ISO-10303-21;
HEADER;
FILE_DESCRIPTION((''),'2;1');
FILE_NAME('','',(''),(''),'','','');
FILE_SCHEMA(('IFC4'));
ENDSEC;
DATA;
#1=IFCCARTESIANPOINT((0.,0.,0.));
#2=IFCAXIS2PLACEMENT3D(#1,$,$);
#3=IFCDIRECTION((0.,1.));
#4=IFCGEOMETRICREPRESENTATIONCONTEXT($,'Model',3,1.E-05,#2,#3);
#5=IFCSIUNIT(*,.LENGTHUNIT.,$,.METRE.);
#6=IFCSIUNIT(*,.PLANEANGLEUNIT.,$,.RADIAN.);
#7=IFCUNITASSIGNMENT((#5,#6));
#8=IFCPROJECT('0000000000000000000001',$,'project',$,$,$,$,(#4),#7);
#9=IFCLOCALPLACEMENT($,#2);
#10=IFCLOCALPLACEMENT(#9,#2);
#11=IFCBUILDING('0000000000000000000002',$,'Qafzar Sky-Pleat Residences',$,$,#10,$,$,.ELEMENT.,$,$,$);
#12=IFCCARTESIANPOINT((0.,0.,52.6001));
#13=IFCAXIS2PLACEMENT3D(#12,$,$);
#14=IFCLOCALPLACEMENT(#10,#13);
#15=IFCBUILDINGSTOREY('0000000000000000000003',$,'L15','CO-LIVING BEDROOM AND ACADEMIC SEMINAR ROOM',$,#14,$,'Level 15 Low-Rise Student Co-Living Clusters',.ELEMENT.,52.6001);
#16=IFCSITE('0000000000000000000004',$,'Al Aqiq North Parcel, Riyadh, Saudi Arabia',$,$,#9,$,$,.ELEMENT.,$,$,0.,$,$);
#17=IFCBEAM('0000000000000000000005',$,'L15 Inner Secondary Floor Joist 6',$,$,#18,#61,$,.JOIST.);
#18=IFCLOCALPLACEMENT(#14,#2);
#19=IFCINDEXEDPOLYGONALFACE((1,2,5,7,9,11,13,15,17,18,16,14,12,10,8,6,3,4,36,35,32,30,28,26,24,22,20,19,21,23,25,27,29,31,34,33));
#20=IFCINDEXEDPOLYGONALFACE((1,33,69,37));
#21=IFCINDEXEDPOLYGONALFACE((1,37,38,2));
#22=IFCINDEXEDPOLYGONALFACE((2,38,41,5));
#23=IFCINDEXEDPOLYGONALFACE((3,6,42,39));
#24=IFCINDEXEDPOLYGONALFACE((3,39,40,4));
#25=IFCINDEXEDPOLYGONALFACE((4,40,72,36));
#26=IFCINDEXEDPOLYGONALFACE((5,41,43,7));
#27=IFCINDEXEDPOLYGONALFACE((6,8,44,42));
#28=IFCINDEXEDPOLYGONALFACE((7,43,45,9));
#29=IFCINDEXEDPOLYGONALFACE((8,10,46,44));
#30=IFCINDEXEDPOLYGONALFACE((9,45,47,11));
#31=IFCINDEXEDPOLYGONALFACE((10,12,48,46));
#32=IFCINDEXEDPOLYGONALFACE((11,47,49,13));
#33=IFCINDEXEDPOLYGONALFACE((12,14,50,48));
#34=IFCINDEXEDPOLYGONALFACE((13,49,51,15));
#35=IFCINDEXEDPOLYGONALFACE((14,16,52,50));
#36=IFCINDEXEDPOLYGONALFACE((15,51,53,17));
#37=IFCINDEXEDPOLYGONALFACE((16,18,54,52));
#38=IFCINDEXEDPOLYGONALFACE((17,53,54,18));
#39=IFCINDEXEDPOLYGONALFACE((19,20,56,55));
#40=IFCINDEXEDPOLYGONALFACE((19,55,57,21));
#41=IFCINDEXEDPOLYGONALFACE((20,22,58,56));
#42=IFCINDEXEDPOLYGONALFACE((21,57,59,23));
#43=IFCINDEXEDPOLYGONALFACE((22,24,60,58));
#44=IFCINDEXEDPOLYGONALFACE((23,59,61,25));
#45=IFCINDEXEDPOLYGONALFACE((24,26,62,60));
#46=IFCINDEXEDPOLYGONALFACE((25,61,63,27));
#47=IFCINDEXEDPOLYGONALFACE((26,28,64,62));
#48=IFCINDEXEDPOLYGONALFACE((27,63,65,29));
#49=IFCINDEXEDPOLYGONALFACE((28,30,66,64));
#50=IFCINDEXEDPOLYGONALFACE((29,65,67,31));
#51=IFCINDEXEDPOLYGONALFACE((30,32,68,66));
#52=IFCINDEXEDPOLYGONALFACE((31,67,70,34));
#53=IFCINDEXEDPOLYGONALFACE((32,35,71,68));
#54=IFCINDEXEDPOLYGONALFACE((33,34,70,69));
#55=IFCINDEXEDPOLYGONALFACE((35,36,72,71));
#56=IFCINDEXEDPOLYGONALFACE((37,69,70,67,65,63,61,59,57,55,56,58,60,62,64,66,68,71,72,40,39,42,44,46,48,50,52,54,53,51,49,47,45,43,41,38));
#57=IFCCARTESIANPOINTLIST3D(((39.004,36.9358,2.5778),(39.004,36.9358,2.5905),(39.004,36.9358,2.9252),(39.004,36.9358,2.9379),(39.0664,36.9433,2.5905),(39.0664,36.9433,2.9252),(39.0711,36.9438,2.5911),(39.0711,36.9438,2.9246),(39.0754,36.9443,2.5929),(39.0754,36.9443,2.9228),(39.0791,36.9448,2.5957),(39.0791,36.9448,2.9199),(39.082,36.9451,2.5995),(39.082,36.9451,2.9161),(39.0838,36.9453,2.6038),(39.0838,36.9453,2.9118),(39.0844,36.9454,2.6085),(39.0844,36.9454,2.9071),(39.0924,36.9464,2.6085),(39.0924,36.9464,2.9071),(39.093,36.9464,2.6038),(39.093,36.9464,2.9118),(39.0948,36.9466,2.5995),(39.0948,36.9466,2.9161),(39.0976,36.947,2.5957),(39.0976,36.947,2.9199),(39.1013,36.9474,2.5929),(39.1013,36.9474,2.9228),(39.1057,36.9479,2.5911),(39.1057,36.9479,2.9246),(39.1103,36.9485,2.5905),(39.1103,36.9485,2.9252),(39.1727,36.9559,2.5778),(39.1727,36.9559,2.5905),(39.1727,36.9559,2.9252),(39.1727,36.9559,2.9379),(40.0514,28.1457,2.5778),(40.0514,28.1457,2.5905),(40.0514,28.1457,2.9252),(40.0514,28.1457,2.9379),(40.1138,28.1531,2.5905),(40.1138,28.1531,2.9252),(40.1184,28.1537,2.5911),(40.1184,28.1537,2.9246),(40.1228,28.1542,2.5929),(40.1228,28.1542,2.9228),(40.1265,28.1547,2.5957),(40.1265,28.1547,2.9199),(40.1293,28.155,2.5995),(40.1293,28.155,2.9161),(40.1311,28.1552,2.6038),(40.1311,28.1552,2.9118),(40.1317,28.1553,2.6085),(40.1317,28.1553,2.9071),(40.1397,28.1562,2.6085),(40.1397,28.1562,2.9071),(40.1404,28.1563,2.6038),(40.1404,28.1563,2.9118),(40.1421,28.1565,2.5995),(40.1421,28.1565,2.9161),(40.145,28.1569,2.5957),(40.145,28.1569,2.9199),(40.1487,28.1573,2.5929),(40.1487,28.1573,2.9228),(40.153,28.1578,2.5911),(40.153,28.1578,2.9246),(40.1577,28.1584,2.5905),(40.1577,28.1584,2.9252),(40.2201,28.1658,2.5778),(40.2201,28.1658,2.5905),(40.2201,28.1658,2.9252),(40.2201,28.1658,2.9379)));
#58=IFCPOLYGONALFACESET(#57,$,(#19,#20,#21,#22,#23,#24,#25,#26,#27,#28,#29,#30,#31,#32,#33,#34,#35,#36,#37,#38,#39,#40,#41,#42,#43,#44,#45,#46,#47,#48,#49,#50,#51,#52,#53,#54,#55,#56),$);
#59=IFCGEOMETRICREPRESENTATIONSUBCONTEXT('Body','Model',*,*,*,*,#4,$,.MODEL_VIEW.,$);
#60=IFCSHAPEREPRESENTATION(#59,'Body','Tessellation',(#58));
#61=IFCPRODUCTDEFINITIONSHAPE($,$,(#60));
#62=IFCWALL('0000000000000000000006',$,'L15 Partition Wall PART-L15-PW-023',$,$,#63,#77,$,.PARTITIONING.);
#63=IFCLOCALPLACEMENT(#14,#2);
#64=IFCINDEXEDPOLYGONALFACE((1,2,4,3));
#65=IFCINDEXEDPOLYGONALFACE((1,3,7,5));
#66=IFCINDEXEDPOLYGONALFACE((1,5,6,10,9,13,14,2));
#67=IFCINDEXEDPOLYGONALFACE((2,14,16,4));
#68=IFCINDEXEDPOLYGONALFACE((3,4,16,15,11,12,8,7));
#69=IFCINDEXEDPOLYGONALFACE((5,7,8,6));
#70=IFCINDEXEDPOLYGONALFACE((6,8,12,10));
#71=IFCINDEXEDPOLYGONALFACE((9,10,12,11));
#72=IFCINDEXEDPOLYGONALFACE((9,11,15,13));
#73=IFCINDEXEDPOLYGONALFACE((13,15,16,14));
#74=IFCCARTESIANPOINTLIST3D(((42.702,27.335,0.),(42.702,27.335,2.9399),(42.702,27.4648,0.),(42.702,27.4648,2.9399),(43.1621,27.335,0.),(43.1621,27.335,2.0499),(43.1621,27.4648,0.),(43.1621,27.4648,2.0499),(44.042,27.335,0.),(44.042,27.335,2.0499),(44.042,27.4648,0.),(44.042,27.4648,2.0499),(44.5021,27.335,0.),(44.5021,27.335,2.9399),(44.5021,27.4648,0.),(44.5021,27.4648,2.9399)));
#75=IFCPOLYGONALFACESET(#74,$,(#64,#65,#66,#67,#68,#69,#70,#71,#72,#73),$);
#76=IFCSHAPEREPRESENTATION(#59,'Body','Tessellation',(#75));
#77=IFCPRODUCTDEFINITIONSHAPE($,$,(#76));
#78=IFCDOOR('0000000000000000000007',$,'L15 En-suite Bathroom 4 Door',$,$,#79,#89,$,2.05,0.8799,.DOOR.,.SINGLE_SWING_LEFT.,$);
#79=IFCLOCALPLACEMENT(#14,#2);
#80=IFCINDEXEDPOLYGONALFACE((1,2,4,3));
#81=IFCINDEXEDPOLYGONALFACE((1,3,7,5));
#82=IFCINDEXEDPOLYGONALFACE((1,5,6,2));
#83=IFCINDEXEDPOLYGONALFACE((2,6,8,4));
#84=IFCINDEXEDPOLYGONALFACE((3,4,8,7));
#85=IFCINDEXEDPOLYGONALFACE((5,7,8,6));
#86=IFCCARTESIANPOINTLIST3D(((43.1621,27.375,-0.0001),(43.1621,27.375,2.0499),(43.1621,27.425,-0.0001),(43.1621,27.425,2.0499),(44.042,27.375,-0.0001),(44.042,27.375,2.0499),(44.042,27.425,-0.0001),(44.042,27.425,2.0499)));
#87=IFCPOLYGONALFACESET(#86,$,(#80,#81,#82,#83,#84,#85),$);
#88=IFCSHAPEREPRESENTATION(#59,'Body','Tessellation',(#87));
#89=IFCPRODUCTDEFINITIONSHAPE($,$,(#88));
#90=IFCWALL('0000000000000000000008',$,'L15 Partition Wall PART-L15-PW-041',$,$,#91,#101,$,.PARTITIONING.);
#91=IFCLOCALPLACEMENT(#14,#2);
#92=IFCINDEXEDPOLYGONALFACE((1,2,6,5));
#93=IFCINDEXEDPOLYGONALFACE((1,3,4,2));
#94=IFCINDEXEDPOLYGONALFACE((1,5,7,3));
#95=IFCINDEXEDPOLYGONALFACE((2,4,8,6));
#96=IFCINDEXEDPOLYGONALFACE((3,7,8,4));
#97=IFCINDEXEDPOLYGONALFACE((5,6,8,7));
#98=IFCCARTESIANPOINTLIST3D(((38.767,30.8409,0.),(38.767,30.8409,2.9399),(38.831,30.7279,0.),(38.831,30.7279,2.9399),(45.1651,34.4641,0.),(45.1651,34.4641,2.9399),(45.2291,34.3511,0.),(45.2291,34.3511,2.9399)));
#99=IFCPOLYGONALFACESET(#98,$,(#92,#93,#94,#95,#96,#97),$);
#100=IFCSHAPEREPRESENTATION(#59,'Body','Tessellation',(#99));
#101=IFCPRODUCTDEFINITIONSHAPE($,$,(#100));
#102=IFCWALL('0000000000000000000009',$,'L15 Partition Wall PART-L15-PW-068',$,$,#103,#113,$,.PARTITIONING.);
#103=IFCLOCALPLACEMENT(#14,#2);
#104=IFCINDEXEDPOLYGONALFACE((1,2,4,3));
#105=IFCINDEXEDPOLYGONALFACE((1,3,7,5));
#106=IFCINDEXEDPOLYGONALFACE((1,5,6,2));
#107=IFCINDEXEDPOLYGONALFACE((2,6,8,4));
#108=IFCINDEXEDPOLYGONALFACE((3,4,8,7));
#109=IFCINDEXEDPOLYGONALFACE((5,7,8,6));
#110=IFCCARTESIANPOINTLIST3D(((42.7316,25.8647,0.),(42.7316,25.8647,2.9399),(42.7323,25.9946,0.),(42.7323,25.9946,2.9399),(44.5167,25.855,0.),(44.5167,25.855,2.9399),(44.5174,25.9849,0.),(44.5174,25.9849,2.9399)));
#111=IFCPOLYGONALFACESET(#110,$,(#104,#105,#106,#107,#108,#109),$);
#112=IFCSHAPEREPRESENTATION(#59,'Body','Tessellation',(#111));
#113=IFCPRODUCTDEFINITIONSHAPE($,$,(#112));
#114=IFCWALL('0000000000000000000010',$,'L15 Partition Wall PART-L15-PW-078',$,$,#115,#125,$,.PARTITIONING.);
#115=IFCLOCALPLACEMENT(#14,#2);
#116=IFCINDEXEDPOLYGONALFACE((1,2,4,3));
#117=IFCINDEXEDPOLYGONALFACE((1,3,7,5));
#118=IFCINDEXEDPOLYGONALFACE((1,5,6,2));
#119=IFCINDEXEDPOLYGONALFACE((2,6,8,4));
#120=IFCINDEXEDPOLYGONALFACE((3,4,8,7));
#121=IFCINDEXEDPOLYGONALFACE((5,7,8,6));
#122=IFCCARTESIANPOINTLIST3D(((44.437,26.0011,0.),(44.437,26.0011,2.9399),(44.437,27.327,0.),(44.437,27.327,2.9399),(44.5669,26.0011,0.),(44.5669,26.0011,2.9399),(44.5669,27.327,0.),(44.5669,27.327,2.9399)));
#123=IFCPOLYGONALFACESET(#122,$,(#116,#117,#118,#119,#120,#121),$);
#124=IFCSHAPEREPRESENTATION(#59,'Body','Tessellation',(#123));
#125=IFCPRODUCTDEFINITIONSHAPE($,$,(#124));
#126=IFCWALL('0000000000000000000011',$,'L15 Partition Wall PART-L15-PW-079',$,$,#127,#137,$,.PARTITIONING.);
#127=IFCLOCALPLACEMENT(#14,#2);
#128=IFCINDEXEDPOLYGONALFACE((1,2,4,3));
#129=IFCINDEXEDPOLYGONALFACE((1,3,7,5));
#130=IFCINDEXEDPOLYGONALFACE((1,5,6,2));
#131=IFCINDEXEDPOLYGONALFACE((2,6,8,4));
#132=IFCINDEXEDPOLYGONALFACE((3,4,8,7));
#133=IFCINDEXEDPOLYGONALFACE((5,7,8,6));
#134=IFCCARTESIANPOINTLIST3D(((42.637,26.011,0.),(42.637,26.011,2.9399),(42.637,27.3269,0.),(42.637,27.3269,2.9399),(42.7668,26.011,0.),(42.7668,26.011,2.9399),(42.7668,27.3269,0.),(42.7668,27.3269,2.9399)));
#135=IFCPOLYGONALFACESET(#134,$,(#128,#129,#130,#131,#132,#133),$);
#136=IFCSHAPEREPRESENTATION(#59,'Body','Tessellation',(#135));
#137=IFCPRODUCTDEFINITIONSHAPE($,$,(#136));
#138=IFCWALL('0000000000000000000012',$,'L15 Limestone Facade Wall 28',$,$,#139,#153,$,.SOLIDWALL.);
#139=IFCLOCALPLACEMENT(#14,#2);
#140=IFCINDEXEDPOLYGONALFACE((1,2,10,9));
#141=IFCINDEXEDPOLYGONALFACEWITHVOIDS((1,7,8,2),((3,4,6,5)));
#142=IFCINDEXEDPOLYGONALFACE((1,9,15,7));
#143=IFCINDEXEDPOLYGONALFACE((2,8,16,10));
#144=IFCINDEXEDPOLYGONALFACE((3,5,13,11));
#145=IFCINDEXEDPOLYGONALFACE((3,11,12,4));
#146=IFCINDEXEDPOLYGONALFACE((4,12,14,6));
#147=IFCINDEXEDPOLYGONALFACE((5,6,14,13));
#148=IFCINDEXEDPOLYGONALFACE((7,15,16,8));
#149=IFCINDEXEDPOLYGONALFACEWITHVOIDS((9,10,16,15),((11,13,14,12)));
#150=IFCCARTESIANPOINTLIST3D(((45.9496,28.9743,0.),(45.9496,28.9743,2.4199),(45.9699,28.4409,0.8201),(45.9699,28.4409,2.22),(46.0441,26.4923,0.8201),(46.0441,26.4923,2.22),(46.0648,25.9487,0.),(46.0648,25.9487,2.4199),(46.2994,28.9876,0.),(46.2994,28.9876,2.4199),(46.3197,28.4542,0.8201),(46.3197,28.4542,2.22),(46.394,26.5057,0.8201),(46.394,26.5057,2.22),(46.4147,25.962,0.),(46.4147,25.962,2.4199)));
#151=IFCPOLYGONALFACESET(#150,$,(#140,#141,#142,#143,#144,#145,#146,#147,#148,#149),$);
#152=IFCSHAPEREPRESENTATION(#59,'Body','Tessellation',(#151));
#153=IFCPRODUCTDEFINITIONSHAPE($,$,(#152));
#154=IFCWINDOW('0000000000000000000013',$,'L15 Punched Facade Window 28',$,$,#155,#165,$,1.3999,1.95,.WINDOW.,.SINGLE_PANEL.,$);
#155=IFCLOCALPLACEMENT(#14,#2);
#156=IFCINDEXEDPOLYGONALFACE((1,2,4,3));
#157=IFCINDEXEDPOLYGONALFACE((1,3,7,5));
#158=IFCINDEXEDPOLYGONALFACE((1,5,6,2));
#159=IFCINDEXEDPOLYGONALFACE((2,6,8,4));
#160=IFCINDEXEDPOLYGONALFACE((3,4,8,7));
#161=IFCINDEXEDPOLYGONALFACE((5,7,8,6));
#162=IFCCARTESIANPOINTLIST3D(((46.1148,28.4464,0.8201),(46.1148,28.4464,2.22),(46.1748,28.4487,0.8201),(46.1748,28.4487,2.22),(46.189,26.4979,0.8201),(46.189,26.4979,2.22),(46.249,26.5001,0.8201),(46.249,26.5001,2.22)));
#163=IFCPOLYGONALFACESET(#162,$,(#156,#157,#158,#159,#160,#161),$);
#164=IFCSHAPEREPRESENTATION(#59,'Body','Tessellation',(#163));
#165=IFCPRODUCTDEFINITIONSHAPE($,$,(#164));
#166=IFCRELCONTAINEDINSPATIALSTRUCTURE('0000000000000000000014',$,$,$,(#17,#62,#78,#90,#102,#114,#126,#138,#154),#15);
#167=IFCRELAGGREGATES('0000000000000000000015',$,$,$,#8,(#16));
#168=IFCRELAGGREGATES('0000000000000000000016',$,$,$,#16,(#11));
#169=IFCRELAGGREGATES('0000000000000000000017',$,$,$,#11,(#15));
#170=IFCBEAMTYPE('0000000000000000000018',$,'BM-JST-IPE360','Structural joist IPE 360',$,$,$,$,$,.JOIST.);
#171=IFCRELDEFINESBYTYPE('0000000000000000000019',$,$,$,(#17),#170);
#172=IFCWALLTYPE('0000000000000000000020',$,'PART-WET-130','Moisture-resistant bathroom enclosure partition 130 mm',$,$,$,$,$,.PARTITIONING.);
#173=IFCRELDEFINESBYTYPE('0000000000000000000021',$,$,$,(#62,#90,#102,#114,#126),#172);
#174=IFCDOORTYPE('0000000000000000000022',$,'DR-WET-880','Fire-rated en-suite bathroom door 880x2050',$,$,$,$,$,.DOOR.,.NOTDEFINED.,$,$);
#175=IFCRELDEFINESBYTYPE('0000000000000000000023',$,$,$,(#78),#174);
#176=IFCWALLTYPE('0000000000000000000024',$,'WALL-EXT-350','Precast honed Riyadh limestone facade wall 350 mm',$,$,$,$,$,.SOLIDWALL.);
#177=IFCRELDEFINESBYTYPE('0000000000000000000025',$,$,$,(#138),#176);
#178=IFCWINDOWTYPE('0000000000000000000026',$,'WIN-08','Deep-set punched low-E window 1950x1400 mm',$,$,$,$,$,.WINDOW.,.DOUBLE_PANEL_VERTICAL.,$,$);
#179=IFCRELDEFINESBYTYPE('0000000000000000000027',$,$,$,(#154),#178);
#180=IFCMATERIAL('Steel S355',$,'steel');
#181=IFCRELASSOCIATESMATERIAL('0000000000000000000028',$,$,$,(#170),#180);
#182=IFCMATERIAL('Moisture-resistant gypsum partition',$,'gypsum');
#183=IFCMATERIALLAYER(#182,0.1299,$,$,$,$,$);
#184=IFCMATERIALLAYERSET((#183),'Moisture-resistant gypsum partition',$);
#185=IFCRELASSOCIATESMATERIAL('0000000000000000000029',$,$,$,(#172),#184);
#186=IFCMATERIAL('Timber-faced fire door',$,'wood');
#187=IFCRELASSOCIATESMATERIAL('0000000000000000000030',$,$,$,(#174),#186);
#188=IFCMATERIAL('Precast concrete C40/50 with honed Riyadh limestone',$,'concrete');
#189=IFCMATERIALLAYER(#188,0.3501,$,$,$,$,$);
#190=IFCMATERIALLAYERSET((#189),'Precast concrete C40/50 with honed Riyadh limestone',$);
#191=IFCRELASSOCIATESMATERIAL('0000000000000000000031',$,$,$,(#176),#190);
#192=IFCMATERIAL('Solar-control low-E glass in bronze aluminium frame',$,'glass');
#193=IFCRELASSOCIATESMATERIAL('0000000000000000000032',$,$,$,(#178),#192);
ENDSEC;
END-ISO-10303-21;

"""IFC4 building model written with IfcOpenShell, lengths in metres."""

from ifc_helpers import new_model, si_unit, direction, frame, frame_2d, origin, origin_2d, place, context, subcontext, project, spatial, rectangle, i_section, extrude, source, transform, mapped, material, layer, layer_set, material_profile, profile_set, type_object, element, fill, save


model = new_model("IFC4")

# Units and contexts
model_context = context("Model", 3, precision=1e-05, world=origin(), true_north=direction((0.0, 1.0)))
body_context = subcontext(model_context, "Body", "Model", "MODEL_VIEW")
ifc_project = project(units=[si_unit("LENGTHUNIT", "METRE"), si_unit("PLANEANGLEUNIT", "RADIAN")], contexts=[model_context])

# Site, building, storey
site_placement = place(None, origin())
site = spatial("IfcSite", under=ifc_project, at=site_placement, Name="Al Aqiq North Parcel, Riyadh, Saudi Arabia", CompositionType="ELEMENT", RefElevation=0.0)
building_placement = place(site_placement, origin())
building = spatial("IfcBuilding", under=site, at=building_placement, Name="Qafzar Sky-Pleat Residences", CompositionType="ELEMENT")
storey_placement = place(building_placement, frame((0.0, 0.0, 52.6001)))
storey = spatial("IfcBuildingStorey", under=building, at=storey_placement, Name="L15", Description="CO-LIVING BEDROOM AND ACADEMIC SEMINAR ROOM", LongName="Level 15 Low-Rise Student Co-Living Clusters", CompositionType="ELEMENT", Elevation=52.6001)

# Beam
ifc_material_1 = material(Name="Steel S355", Category="steel")
ifc_material_profile_1 = material_profile(ifc_material_1, i_section(OverallWidth=0.1699, OverallDepth=0.3601, WebThickness=0.0081, FlangeThickness=0.0127, FilletRadius=0.0181, at=origin_2d()), Name="IPE 360")
ifc_profile_set_1 = profile_set([ifc_material_profile_1], Name="Steel S355")
beam_type_1 = type_object("IfcBeamType", Name="BM-JST-IPE360", Description="Structural joist IPE 360", PredefinedType="JOIST", material=ifc_profile_set_1)
shared_shape_1 = source(origin(), body_context, "Body", "SweptSolid", [
    extrude(i_section(OverallWidth=0.1699, OverallDepth=0.3601, WebThickness=0.0081, FlangeThickness=0.0127, FilletRadius=0.0181, at=origin_2d()), origin(), (0.0, 0.0, 1.0), 8.8523),
])
beam_1_placement = place(storey_placement, frame((40.1357, 28.1558, 2.7578), z_axis=(-0.118316, 0.992976, 0.0), x_axis=(-0.992976, -0.118316, 0.0)))
element("IfcBeam", 1, at=beam_1_placement, inside=storey, type_object=beam_type_1, Name="L15 Inner Secondary Floor Joist 6", PredefinedType="JOIST", context=body_context, shape_type="MappedRepresentation", body=[
    mapped(shared_shape_1, transform((0.0, 0.0, 0.0), x_axis=(1.0, 0.0, 0.0), y_axis=(0.0, 1.0, 0.0), z_axis=(0.0, 0.0, 1.0), scale=1.0)),
])

# Wall, opening, door
ifc_material_2 = material(Name="Moisture-resistant gypsum partition", Category="gypsum")
ifc_layer_1 = layer(ifc_material_2, 0.1299)
ifc_layer_set_1 = layer_set([ifc_layer_1], Name="Moisture-resistant gypsum partition")
wall_type_1 = type_object("IfcWallType", Name="PART-WET-130", Description="Moisture-resistant bathroom enclosure partition 130 mm", PredefinedType="PARTITIONING", material=ifc_layer_set_1)
wall_1_placement = place(storey_placement, frame((44.502, 27.3999, 0.0), z_axis=(0.0, 0.0, 1.0), x_axis=(-1.0, 0.0, 0.0)))
wall_1 = element("IfcWall", 2, at=wall_1_placement, inside=storey, type_object=wall_type_1, Name="L15 Partition Wall PART-L15-PW-023", PredefinedType="PARTITIONING", context=body_context, shape_type="SweptSolid", body=[
    extrude(rectangle(XDim=1.8, YDim=0.1299, at=frame_2d((0.8999, 0.0))), origin(), (0.0, 0.0, 1.0), 2.9399),
])
opening_1_placement = place(wall_1_placement, frame((0.46, 0.0, 0.0)))
opening_1 = element("IfcOpeningElement", 3, at=opening_1_placement, cuts=wall_1, PredefinedType="OPENING", context=body_context, shape_type="SweptSolid", body=[
    extrude(rectangle(XDim=0.8799, YDim=2.05, at=frame_2d((0.4399, 1.0249))), frame((0.0, 0.075, 0.0), z_axis=(0.0, -1.0, 0.0), x_axis=(1.0, 0.0, 0.0)), (0.0, 0.0, 1.0), 0.1499),
])
ifc_material_3 = material(Name="Timber-faced fire door", Category="wood")
door_type = type_object("IfcDoorType", Name="DR-WET-880", Description="Fire-rated en-suite bathroom door 880x2050", OperationType="NOTDEFINED", PredefinedType="DOOR", material=ifc_material_3)
shared_shape_2 = source(origin(), body_context, "Body", "SweptSolid", [
    extrude(rectangle(XDim=0.8799, YDim=2.05, at=frame_2d((0.4399, 1.0249))), frame((0.0, 0.0249, 0.0), z_axis=(0.0, -1.0, 0.0), x_axis=(1.0, 0.0, 0.0)), (0.0, 0.0, 1.0), 0.05),
])
door_placement = place(opening_1_placement, origin())
door = element("IfcDoor", 4, at=door_placement, inside=storey, type_object=door_type, Name="L15 En-suite Bathroom 4 Door", OperationType="SINGLE_SWING_LEFT", OverallHeight=2.05, OverallWidth=0.8799, PredefinedType="DOOR", context=body_context, shape_type="MappedRepresentation", body=[
    mapped(shared_shape_2, transform((0.0, 0.0, 0.0), x_axis=(1.0, 0.0, 0.0), y_axis=(0.0, 1.0, 0.0), z_axis=(0.0, 0.0, 1.0), scale=1.0)),
])
fill(opening_1, door)

# Walls
wall_2_placement = place(storey_placement, frame((38.7991, 30.7844, 0.0), z_axis=(0.0, 0.0, 1.0), x_axis=(0.870159, 0.49277, 0.0)))
element("IfcWall", 5, at=wall_2_placement, inside=storey, type_object=wall_type_1, Name="L15 Partition Wall PART-L15-PW-041", PredefinedType="PARTITIONING", context=body_context, shape_type="SweptSolid", body=[
    extrude(rectangle(XDim=7.3528, YDim=0.1299, at=frame_2d((3.6763, 0.0))), origin(), (0.0, 0.0, 1.0), 2.9399),
])
wall_3_placement = place(storey_placement, frame((42.7319, 25.9297, 0.0), z_axis=(0.0, 0.0, 1.0), x_axis=(0.999985, -0.00547, 0.0)))
element("IfcWall", 6, at=wall_3_placement, inside=storey, type_object=wall_type_1, Name="L15 Partition Wall PART-L15-PW-068", PredefinedType="PARTITIONING", context=body_context, shape_type="SweptSolid", body=[
    extrude(rectangle(XDim=1.7852, YDim=0.1299, at=frame_2d((0.8926, 0.0))), origin(), (0.0, 0.0, 1.0), 2.9399),
])
wall_4_placement = place(storey_placement, frame((44.502, 26.001, 0.0), z_axis=(0.0, 0.0, 1.0), x_axis=(0.0, 1.0, 0.0)))
element("IfcWall", 7, at=wall_4_placement, inside=storey, type_object=wall_type_1, Name="L15 Partition Wall PART-L15-PW-078", PredefinedType="PARTITIONING", context=body_context, shape_type="SweptSolid", body=[
    extrude(rectangle(XDim=1.3259, YDim=0.1299, at=frame_2d((0.6631, 0.0))), origin(), (0.0, 0.0, 1.0), 2.9399),
])
wall_5_placement = place(storey_placement, frame((42.7019, 26.011, 0.0), z_axis=(0.0, 0.0, 1.0), x_axis=(0.0, 1.0, 0.0)))
element("IfcWall", 8, at=wall_5_placement, inside=storey, type_object=wall_type_1, Name="L15 Partition Wall PART-L15-PW-079", PredefinedType="PARTITIONING", context=body_context, shape_type="SweptSolid", body=[
    extrude(rectangle(XDim=1.3159, YDim=0.1299, at=frame_2d((0.658, 0.0))), origin(), (0.0, 0.0, 1.0), 2.9399),
])

# Wall, opening, window
ifc_material_4 = material(Name="Precast concrete C40/50 with honed Riyadh limestone", Category="concrete")
ifc_layer_2 = layer(ifc_material_4, 0.3501)
ifc_layer_set_2 = layer_set([ifc_layer_2], Name="Precast concrete C40/50 with honed Riyadh limestone")
wall_type_2 = type_object("IfcWallType", Name="WALL-EXT-350", Description="Precast honed Riyadh limestone facade wall 350 mm", PredefinedType="SOLIDWALL", material=ifc_layer_set_2)
wall_6_placement = place(storey_placement, frame((46.2397, 25.9553, 0.0), z_axis=(0.0, 0.0, 1.0), x_axis=(-0.038058, 0.999276, 0.0)))
wall_6 = element("IfcWall", 9, at=wall_6_placement, inside=storey, type_object=wall_type_2, Name="L15 Limestone Facade Wall 28", PredefinedType="SOLIDWALL", context=body_context, shape_type="SweptSolid", body=[
    extrude(rectangle(XDim=3.0278, YDim=0.3501, at=frame_2d((1.5139, 0.0))), origin(), (0.0, 0.0, 1.0), 2.4199),
])
opening_2_placement = place(wall_6_placement, frame((0.5439, 0.0, 0.8201)))
opening_2 = element("IfcOpeningElement", 10, at=opening_2_placement, cuts=wall_6, PredefinedType="OPENING", context=body_context, shape_type="SweptSolid", body=[
    extrude(rectangle(XDim=1.95, YDim=1.3999, at=frame_2d((0.9751, 0.7))), frame((0.0, 0.1851, 0.0), z_axis=(0.0, -1.0, 0.0), x_axis=(1.0, 0.0, 0.0)), (0.0, 0.0, 1.0), 0.3701),
])
ifc_material_5 = material(Name="Solar-control low-E glass in bronze aluminium frame", Category="glass")
window_type_1 = type_object("IfcWindowType", Name="WIN-08", Description="Deep-set punched low-E window 1950x1400 mm", PartitioningType="DOUBLE_PANEL_VERTICAL", PredefinedType="WINDOW", material=ifc_material_5)
shared_shape_3 = source(origin(), body_context, "Body", "SweptSolid", [
    extrude(rectangle(XDim=1.95, YDim=1.3999, at=frame_2d((0.9751, 0.7))), frame((0.0, 0.03, 0.0), z_axis=(0.0, -1.0, 0.0), x_axis=(1.0, 0.0, 0.0)), (0.0, 0.0, 1.0), 0.0601),
])
window_1_placement = place(opening_2_placement, origin())
window_1 = element("IfcWindow", 11, at=window_1_placement, inside=storey, type_object=window_type_1, Name="L15 Punched Facade Window 28", OverallHeight=1.3999, OverallWidth=1.95, PartitioningType="SINGLE_PANEL", PredefinedType="WINDOW", context=body_context, shape_type="MappedRepresentation", body=[
    mapped(shared_shape_3, transform((0.0, 0.0, 0.0), x_axis=(1.0, 0.0, 0.0), y_axis=(0.0, 1.0, 0.0), z_axis=(0.0, 0.0, 1.0), scale=1.0)),
])
fill(opening_2, window_1)

save(model, "model.ifc")
